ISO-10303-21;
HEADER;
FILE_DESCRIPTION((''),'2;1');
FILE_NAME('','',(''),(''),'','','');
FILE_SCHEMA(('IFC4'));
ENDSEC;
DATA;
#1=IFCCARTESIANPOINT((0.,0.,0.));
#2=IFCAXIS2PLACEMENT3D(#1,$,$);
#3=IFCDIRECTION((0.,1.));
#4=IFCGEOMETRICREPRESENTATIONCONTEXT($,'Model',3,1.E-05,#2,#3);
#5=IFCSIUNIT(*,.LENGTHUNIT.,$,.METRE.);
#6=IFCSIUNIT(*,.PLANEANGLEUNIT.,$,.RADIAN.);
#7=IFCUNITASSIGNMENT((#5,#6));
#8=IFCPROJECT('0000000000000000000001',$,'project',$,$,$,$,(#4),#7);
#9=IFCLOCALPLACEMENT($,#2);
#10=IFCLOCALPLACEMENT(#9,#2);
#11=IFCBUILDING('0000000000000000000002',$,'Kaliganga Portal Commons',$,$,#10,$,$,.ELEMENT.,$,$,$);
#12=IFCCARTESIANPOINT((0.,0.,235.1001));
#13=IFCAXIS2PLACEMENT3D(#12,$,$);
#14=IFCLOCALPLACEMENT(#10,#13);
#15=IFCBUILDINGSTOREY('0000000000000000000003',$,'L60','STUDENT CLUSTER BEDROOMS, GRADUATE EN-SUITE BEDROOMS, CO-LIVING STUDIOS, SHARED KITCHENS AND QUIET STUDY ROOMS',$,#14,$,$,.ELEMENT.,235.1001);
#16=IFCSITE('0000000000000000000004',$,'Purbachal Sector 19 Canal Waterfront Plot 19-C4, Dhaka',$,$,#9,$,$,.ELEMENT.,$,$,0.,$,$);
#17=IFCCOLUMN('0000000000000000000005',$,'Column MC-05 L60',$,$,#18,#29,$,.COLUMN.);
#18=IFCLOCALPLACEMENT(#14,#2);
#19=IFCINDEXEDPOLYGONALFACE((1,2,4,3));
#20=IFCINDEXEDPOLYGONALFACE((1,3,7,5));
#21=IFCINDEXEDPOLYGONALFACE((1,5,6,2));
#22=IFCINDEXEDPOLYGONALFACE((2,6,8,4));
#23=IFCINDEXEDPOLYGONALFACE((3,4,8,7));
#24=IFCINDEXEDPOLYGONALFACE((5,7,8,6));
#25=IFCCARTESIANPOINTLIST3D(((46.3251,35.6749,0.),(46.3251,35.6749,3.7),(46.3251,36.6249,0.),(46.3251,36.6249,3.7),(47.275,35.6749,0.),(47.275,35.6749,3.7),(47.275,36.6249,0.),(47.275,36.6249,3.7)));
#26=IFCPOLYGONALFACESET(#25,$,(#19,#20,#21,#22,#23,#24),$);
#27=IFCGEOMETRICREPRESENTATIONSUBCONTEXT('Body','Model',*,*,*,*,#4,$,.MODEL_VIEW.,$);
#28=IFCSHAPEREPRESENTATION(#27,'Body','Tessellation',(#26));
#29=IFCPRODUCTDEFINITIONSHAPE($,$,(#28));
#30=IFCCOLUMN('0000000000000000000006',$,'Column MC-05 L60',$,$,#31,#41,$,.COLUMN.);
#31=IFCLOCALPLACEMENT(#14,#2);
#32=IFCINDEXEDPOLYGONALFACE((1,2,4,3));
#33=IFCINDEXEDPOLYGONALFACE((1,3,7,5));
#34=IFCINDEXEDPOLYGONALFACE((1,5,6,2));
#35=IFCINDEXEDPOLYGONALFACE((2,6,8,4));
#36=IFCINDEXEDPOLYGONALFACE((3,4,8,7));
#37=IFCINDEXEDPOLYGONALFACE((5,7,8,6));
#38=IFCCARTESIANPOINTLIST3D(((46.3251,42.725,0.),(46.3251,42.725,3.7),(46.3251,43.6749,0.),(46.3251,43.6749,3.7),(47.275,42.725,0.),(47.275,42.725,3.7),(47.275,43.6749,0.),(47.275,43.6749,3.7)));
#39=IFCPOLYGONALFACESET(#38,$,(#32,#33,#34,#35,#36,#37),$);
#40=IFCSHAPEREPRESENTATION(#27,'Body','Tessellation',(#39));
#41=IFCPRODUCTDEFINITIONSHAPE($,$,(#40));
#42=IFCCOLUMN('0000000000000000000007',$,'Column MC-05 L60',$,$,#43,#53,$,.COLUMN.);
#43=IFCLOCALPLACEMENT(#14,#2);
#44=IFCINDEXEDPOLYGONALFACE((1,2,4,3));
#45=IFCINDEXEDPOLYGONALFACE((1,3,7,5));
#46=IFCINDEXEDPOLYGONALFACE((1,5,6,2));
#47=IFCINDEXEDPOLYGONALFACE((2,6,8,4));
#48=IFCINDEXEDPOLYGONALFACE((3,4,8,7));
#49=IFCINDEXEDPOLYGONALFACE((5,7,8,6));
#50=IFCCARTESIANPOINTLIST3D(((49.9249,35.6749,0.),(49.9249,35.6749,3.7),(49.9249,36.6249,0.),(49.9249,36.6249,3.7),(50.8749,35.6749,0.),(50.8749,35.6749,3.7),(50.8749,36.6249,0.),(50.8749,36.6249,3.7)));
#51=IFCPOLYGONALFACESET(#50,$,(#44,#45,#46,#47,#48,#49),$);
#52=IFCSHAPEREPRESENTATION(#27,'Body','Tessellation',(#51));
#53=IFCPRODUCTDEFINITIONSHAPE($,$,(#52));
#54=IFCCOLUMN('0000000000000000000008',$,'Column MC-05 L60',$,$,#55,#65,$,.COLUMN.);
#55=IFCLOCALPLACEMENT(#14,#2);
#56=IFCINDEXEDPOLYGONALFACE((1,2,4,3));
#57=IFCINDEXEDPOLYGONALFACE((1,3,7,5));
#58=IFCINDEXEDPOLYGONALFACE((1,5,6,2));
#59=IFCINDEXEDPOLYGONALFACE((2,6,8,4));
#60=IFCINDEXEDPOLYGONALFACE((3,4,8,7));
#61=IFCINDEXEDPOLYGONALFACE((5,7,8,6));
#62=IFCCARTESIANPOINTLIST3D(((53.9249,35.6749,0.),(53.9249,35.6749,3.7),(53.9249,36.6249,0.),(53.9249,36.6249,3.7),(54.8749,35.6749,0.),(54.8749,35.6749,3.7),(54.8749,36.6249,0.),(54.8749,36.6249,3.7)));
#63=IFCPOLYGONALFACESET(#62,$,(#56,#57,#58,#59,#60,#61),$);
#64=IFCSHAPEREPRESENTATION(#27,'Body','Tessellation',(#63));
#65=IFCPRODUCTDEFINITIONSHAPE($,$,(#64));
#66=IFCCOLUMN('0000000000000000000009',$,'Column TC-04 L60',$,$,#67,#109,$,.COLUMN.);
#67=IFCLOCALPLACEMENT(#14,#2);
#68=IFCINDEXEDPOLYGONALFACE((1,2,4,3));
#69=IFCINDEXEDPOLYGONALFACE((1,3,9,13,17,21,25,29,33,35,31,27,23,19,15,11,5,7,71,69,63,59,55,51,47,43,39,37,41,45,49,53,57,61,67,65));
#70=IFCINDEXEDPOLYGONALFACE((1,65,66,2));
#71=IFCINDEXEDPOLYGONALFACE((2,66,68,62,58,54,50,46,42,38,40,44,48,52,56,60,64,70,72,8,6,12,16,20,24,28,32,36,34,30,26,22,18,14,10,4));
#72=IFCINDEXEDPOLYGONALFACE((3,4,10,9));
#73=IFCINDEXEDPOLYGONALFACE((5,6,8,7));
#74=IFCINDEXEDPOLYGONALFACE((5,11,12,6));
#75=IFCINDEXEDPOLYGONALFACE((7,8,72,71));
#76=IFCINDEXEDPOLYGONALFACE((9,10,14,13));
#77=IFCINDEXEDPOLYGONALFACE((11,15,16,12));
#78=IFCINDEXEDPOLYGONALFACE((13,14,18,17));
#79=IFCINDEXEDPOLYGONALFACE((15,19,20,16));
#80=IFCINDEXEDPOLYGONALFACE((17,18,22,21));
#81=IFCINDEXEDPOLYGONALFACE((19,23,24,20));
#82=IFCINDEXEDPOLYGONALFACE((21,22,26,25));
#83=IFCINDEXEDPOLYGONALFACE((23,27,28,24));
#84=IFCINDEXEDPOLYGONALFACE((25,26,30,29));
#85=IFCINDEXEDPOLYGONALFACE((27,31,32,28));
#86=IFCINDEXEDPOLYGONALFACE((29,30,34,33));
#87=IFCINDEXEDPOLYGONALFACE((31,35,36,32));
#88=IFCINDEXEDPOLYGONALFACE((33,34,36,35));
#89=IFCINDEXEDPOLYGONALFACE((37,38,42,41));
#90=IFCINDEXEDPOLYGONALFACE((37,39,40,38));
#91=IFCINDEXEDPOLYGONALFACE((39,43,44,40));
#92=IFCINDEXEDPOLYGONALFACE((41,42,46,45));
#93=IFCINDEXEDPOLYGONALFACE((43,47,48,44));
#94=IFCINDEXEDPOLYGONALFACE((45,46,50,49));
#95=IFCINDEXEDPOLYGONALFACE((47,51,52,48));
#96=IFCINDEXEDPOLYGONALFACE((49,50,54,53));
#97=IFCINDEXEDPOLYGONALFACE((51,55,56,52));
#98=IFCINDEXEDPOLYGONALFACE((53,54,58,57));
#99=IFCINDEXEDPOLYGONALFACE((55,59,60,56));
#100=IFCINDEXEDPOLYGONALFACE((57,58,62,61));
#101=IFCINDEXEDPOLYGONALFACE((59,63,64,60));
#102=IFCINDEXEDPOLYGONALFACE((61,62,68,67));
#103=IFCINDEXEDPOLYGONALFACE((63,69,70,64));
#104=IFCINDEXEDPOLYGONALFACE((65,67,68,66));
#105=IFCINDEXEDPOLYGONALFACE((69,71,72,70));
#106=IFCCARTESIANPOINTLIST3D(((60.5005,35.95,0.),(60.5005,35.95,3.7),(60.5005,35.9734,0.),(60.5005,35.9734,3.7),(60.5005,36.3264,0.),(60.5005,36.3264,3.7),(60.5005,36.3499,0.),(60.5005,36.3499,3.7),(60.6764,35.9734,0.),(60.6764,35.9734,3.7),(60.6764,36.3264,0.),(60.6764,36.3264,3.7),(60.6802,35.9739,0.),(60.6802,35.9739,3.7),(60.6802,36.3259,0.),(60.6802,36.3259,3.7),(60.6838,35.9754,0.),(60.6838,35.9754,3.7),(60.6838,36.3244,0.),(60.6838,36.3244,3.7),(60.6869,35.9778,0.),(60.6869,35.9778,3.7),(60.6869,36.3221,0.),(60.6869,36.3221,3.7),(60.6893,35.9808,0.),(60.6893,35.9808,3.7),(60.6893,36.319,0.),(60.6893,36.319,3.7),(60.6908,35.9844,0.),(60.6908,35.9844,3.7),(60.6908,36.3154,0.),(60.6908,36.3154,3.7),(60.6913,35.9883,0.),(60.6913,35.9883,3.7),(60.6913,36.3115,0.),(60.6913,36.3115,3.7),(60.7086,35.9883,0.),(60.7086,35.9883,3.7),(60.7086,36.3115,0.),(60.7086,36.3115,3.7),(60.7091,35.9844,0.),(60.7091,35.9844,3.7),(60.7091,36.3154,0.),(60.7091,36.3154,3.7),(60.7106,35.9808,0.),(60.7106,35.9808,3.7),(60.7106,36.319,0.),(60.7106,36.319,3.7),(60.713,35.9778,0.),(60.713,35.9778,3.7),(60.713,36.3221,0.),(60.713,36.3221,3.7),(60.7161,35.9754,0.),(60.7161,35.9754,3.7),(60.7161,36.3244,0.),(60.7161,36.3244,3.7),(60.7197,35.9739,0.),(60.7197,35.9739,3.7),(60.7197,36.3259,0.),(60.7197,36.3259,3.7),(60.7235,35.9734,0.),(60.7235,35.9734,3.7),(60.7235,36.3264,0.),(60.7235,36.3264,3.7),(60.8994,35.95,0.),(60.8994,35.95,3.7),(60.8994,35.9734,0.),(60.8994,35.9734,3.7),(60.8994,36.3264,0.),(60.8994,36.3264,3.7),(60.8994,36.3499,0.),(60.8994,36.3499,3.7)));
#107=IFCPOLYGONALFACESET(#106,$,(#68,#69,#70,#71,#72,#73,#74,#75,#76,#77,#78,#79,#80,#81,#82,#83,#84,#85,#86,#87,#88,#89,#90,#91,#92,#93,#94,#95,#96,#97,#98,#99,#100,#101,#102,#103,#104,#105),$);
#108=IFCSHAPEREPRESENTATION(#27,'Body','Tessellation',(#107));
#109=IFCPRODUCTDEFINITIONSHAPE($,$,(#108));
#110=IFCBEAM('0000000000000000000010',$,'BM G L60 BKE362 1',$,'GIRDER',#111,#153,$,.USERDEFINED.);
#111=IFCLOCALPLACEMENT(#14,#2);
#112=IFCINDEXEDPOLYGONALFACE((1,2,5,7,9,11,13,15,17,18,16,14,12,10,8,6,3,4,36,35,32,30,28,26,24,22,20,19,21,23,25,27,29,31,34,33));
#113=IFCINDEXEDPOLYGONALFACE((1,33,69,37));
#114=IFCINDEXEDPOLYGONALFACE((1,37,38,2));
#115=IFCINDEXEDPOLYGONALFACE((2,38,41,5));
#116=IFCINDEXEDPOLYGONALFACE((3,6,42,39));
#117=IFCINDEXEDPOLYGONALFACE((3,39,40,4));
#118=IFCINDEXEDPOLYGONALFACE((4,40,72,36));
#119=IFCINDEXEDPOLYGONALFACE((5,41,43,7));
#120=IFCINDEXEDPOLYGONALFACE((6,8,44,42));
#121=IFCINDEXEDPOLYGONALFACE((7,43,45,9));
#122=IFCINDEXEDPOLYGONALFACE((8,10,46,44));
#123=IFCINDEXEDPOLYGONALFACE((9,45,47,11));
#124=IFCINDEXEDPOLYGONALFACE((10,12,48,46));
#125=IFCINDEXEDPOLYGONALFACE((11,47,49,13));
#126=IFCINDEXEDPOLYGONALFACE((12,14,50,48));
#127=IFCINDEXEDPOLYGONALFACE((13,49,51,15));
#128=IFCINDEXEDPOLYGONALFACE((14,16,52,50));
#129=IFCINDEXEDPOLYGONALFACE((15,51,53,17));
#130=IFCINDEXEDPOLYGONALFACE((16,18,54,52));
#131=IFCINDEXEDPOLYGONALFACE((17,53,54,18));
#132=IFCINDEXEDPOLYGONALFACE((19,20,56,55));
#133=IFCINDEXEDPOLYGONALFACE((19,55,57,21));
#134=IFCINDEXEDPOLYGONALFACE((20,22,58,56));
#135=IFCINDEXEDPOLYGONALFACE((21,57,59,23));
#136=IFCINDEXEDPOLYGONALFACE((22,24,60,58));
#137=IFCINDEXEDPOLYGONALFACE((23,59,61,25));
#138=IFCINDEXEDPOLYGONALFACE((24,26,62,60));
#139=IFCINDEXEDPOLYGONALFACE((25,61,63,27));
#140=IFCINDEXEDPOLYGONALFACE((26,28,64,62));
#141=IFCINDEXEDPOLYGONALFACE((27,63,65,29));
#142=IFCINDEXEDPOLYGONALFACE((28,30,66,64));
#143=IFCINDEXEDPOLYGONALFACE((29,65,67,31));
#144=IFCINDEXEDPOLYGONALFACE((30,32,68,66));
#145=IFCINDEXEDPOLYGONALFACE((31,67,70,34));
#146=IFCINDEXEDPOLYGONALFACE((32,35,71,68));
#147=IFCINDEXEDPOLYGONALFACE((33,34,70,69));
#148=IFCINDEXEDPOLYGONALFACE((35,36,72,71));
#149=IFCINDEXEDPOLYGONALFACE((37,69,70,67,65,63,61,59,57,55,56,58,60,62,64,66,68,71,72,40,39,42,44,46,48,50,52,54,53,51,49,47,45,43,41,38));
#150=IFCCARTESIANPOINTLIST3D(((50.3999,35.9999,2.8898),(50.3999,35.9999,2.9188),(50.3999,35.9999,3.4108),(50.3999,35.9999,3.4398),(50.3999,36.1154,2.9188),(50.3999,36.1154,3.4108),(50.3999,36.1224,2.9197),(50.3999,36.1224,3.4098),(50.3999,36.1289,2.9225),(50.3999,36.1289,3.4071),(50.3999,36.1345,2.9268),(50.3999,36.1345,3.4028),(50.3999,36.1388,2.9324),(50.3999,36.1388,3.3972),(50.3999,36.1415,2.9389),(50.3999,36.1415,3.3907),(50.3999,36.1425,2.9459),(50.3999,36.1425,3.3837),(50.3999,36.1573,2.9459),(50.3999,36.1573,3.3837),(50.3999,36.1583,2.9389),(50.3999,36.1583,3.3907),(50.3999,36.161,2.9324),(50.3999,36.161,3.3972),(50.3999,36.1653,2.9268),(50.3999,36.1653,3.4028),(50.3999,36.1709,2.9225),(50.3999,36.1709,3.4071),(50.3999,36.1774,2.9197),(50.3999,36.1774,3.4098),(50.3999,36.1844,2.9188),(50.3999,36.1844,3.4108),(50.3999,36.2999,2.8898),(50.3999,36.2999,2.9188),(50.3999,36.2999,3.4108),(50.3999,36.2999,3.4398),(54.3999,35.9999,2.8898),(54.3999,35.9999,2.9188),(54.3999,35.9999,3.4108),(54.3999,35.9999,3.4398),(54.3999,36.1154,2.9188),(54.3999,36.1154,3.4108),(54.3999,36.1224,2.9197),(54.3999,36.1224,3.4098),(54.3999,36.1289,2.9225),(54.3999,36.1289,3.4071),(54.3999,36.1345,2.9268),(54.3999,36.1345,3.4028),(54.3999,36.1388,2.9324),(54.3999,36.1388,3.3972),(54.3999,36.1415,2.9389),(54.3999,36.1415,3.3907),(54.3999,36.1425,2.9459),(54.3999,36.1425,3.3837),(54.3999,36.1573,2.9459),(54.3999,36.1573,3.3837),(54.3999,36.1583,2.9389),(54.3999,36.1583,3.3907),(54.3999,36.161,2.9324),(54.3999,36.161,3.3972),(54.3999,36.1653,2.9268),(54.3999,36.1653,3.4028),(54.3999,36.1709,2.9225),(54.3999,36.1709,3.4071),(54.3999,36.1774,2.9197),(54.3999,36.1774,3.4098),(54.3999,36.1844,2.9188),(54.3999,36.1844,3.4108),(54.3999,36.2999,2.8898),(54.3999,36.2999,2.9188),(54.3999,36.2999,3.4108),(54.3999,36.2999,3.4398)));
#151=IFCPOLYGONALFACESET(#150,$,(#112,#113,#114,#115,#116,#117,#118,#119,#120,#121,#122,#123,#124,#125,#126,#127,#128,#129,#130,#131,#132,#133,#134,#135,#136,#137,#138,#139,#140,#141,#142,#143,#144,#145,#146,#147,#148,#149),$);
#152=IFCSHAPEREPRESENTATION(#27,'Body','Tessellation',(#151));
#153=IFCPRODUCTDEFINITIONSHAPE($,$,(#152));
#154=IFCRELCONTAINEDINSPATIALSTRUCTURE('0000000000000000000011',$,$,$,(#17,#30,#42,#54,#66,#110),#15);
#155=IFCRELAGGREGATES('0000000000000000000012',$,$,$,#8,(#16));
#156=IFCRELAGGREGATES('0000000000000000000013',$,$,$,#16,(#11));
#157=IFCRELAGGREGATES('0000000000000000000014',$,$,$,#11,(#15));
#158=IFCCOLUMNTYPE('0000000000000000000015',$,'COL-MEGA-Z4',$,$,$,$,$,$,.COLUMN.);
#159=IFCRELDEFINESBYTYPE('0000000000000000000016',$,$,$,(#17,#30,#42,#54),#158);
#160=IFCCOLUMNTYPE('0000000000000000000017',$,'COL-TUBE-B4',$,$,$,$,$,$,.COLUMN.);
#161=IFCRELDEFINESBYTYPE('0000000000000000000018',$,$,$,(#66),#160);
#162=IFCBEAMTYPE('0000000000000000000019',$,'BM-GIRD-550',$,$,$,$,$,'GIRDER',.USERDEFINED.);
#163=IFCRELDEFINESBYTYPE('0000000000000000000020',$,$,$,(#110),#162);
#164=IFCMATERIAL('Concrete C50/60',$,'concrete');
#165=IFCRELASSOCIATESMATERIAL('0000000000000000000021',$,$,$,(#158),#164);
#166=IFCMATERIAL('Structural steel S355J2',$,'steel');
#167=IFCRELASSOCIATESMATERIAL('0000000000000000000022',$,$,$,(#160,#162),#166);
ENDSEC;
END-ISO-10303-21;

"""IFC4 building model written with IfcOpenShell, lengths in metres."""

from ifc_helpers import new_model, si_unit, direction, frame, origin, origin_2d, place, context, subcontext, project, spatial, rectangle, i_section, extrude, source, transform, mapped, material, material_profile, profile_set, type_object, element, save


model = new_model("IFC4")

# Units and contexts
model_context = context("Model", 3, precision=1e-05, world=origin(), true_north=direction((0.0, 1.0)))
body_context = subcontext(model_context, "Body", "Model", "MODEL_VIEW")
ifc_project = project(units=[si_unit("LENGTHUNIT", "METRE"), si_unit("PLANEANGLEUNIT", "RADIAN")], contexts=[model_context])

# Site, building, storey
site_placement = place(None, origin())
site = spatial("IfcSite", under=ifc_project, at=site_placement, Name="Purbachal Sector 19 Canal Waterfront Plot 19-C4, Dhaka", CompositionType="ELEMENT", RefElevation=0.0)
building_placement = place(site_placement, origin())
building = spatial("IfcBuilding", under=site, at=building_placement, Name="Kaliganga Portal Commons", CompositionType="ELEMENT")
storey_placement = place(building_placement, frame((0.0, 0.0, 235.1001)))
storey = spatial("IfcBuildingStorey", under=building, at=storey_placement, Name="L60", Description="STUDENT CLUSTER BEDROOMS, GRADUATE EN-SUITE BEDROOMS, CO-LIVING STUDIOS, SHARED KITCHENS AND QUIET STUDY ROOMS", CompositionType="ELEMENT", Elevation=235.1001)

# Columns
ifc_material_1 = material(Name="Concrete C50/60", Category="concrete")
ifc_material_profile_1 = material_profile(ifc_material_1, rectangle(XDim=0.95, YDim=0.95, at=origin_2d()), Name="RC 950x950")
ifc_profile_set_1 = profile_set([ifc_material_profile_1], Name="Concrete C50/60")
column_type_1 = type_object("IfcColumnType", Name="COL-MEGA-Z4", PredefinedType="COLUMN", material=ifc_profile_set_1)
shared_shape_1 = source(origin(), body_context, "Body", "SweptSolid", [
    extrude(rectangle(XDim=0.95, YDim=0.95, at=origin_2d()), origin(), (0.0, 0.0, 1.0), 3.7),
])
for number, where, z_axis, x_axis, name in (
    (1, (46.8, 36.1499, 0.0), (0.0, 0.0, 1.0), (1.0, 0.0, 0.0), "Column MC-05 L60"),
    (2, (46.8, 43.2, 0.0), (0.0, 0.0, 1.0), (1.0, 0.0, 0.0), "Column MC-05 L60"),
    (3, (50.3999, 36.1499, 0.0), (0.0, 0.0, 1.0), (1.0, 0.0, 0.0), "Column MC-05 L60"),
    (4, (54.3999, 36.1499, 0.0), (0.0, 0.0, 1.0), (1.0, 0.0, 0.0), "Column MC-05 L60"),
):
    element("IfcColumn", number, at=place(storey_placement, frame(where, z_axis=z_axis, x_axis=x_axis)), inside=storey, type_object=column_type_1, Name=name, PredefinedType="COLUMN", context=body_context, shape_type="MappedRepresentation", body=[
        mapped(shared_shape_1, transform((0.0, 0.0, 0.0), x_axis=(1.0, 0.0, 0.0), y_axis=(0.0, 1.0, 0.0), z_axis=(0.0, 0.0, 1.0), scale=1.0)),
    ])
ifc_material_2 = material(Name="Structural steel S355J2", Category="steel")
ifc_material_profile_2 = material_profile(ifc_material_2, i_section(OverallWidth=0.3989, OverallDepth=0.3999, WebThickness=0.0173, FlangeThickness=0.0234, FilletRadius=0.0149, at=origin_2d()), Name="HD 400x287")
ifc_profile_set_2 = profile_set([ifc_material_profile_2], Name="Structural steel S355J2 wide-flange")
column_type_2 = type_object("IfcColumnType", Name="COL-TUBE-B4", PredefinedType="COLUMN", material=ifc_profile_set_2)
shared_shape_2 = source(origin(), body_context, "Body", "SweptSolid", [
    extrude(i_section(OverallWidth=0.3989, OverallDepth=0.3999, WebThickness=0.0173, FlangeThickness=0.0234, FilletRadius=0.0149, at=origin_2d()), origin(), (0.0, 0.0, 1.0), 3.7),
])
column_placement = place(storey_placement, frame((60.7, 36.1499, 0.0), z_axis=(0.0, 0.0, 1.0), x_axis=(1.0, 0.0, 0.0)))
element("IfcColumn", 5, at=column_placement, inside=storey, type_object=column_type_2, Name="Column TC-04 L60", PredefinedType="COLUMN", context=body_context, shape_type="MappedRepresentation", body=[
    mapped(shared_shape_2, transform((0.0, 0.0, 0.0), x_axis=(1.0, 0.0, 0.0), y_axis=(0.0, 1.0, 0.0), z_axis=(0.0, 0.0, 1.0), scale=1.0)),
])

# Beam
ifc_material_profile_3 = material_profile(ifc_material_2, i_section(OverallWidth=0.3, OverallDepth=0.55, WebThickness=0.0149, FlangeThickness=0.0291, FilletRadius=0.0271, at=origin_2d()), Name="HE 550 B")
ifc_profile_set_3 = profile_set([ifc_material_profile_3], Name="Structural steel S355J2 wide-flange")
beam_type = type_object("IfcBeamType", Name="BM-GIRD-550", ElementType="GIRDER", PredefinedType="USERDEFINED", material=ifc_profile_set_3)
shared_shape_3 = source(origin(), body_context, "Body", "SweptSolid", [
    extrude(i_section(OverallWidth=0.3, OverallDepth=0.55, WebThickness=0.0149, FlangeThickness=0.0291, FilletRadius=0.0271, at=origin_2d()), origin(), (0.0, 0.0, 1.0), 4.0),
])
beam_1_placement = place(storey_placement, frame((50.3999, 36.1499, 3.1648), z_axis=(1.0, 0.0, 0.0), x_axis=(0.0, 1.0, 0.0)))
element("IfcBeam", 6, at=beam_1_placement, inside=storey, type_object=beam_type, Name="BM G L60 BKE362 1", ObjectType="GIRDER", PredefinedType="USERDEFINED", context=body_context, shape_type="MappedRepresentation", body=[
    mapped(shared_shape_3, transform((0.0, 0.0, 0.0), x_axis=(1.0, 0.0, 0.0), y_axis=(0.0, 1.0, 0.0), z_axis=(0.0, 0.0, 1.0), scale=1.0)),
])

save(model, "model.ifc")
